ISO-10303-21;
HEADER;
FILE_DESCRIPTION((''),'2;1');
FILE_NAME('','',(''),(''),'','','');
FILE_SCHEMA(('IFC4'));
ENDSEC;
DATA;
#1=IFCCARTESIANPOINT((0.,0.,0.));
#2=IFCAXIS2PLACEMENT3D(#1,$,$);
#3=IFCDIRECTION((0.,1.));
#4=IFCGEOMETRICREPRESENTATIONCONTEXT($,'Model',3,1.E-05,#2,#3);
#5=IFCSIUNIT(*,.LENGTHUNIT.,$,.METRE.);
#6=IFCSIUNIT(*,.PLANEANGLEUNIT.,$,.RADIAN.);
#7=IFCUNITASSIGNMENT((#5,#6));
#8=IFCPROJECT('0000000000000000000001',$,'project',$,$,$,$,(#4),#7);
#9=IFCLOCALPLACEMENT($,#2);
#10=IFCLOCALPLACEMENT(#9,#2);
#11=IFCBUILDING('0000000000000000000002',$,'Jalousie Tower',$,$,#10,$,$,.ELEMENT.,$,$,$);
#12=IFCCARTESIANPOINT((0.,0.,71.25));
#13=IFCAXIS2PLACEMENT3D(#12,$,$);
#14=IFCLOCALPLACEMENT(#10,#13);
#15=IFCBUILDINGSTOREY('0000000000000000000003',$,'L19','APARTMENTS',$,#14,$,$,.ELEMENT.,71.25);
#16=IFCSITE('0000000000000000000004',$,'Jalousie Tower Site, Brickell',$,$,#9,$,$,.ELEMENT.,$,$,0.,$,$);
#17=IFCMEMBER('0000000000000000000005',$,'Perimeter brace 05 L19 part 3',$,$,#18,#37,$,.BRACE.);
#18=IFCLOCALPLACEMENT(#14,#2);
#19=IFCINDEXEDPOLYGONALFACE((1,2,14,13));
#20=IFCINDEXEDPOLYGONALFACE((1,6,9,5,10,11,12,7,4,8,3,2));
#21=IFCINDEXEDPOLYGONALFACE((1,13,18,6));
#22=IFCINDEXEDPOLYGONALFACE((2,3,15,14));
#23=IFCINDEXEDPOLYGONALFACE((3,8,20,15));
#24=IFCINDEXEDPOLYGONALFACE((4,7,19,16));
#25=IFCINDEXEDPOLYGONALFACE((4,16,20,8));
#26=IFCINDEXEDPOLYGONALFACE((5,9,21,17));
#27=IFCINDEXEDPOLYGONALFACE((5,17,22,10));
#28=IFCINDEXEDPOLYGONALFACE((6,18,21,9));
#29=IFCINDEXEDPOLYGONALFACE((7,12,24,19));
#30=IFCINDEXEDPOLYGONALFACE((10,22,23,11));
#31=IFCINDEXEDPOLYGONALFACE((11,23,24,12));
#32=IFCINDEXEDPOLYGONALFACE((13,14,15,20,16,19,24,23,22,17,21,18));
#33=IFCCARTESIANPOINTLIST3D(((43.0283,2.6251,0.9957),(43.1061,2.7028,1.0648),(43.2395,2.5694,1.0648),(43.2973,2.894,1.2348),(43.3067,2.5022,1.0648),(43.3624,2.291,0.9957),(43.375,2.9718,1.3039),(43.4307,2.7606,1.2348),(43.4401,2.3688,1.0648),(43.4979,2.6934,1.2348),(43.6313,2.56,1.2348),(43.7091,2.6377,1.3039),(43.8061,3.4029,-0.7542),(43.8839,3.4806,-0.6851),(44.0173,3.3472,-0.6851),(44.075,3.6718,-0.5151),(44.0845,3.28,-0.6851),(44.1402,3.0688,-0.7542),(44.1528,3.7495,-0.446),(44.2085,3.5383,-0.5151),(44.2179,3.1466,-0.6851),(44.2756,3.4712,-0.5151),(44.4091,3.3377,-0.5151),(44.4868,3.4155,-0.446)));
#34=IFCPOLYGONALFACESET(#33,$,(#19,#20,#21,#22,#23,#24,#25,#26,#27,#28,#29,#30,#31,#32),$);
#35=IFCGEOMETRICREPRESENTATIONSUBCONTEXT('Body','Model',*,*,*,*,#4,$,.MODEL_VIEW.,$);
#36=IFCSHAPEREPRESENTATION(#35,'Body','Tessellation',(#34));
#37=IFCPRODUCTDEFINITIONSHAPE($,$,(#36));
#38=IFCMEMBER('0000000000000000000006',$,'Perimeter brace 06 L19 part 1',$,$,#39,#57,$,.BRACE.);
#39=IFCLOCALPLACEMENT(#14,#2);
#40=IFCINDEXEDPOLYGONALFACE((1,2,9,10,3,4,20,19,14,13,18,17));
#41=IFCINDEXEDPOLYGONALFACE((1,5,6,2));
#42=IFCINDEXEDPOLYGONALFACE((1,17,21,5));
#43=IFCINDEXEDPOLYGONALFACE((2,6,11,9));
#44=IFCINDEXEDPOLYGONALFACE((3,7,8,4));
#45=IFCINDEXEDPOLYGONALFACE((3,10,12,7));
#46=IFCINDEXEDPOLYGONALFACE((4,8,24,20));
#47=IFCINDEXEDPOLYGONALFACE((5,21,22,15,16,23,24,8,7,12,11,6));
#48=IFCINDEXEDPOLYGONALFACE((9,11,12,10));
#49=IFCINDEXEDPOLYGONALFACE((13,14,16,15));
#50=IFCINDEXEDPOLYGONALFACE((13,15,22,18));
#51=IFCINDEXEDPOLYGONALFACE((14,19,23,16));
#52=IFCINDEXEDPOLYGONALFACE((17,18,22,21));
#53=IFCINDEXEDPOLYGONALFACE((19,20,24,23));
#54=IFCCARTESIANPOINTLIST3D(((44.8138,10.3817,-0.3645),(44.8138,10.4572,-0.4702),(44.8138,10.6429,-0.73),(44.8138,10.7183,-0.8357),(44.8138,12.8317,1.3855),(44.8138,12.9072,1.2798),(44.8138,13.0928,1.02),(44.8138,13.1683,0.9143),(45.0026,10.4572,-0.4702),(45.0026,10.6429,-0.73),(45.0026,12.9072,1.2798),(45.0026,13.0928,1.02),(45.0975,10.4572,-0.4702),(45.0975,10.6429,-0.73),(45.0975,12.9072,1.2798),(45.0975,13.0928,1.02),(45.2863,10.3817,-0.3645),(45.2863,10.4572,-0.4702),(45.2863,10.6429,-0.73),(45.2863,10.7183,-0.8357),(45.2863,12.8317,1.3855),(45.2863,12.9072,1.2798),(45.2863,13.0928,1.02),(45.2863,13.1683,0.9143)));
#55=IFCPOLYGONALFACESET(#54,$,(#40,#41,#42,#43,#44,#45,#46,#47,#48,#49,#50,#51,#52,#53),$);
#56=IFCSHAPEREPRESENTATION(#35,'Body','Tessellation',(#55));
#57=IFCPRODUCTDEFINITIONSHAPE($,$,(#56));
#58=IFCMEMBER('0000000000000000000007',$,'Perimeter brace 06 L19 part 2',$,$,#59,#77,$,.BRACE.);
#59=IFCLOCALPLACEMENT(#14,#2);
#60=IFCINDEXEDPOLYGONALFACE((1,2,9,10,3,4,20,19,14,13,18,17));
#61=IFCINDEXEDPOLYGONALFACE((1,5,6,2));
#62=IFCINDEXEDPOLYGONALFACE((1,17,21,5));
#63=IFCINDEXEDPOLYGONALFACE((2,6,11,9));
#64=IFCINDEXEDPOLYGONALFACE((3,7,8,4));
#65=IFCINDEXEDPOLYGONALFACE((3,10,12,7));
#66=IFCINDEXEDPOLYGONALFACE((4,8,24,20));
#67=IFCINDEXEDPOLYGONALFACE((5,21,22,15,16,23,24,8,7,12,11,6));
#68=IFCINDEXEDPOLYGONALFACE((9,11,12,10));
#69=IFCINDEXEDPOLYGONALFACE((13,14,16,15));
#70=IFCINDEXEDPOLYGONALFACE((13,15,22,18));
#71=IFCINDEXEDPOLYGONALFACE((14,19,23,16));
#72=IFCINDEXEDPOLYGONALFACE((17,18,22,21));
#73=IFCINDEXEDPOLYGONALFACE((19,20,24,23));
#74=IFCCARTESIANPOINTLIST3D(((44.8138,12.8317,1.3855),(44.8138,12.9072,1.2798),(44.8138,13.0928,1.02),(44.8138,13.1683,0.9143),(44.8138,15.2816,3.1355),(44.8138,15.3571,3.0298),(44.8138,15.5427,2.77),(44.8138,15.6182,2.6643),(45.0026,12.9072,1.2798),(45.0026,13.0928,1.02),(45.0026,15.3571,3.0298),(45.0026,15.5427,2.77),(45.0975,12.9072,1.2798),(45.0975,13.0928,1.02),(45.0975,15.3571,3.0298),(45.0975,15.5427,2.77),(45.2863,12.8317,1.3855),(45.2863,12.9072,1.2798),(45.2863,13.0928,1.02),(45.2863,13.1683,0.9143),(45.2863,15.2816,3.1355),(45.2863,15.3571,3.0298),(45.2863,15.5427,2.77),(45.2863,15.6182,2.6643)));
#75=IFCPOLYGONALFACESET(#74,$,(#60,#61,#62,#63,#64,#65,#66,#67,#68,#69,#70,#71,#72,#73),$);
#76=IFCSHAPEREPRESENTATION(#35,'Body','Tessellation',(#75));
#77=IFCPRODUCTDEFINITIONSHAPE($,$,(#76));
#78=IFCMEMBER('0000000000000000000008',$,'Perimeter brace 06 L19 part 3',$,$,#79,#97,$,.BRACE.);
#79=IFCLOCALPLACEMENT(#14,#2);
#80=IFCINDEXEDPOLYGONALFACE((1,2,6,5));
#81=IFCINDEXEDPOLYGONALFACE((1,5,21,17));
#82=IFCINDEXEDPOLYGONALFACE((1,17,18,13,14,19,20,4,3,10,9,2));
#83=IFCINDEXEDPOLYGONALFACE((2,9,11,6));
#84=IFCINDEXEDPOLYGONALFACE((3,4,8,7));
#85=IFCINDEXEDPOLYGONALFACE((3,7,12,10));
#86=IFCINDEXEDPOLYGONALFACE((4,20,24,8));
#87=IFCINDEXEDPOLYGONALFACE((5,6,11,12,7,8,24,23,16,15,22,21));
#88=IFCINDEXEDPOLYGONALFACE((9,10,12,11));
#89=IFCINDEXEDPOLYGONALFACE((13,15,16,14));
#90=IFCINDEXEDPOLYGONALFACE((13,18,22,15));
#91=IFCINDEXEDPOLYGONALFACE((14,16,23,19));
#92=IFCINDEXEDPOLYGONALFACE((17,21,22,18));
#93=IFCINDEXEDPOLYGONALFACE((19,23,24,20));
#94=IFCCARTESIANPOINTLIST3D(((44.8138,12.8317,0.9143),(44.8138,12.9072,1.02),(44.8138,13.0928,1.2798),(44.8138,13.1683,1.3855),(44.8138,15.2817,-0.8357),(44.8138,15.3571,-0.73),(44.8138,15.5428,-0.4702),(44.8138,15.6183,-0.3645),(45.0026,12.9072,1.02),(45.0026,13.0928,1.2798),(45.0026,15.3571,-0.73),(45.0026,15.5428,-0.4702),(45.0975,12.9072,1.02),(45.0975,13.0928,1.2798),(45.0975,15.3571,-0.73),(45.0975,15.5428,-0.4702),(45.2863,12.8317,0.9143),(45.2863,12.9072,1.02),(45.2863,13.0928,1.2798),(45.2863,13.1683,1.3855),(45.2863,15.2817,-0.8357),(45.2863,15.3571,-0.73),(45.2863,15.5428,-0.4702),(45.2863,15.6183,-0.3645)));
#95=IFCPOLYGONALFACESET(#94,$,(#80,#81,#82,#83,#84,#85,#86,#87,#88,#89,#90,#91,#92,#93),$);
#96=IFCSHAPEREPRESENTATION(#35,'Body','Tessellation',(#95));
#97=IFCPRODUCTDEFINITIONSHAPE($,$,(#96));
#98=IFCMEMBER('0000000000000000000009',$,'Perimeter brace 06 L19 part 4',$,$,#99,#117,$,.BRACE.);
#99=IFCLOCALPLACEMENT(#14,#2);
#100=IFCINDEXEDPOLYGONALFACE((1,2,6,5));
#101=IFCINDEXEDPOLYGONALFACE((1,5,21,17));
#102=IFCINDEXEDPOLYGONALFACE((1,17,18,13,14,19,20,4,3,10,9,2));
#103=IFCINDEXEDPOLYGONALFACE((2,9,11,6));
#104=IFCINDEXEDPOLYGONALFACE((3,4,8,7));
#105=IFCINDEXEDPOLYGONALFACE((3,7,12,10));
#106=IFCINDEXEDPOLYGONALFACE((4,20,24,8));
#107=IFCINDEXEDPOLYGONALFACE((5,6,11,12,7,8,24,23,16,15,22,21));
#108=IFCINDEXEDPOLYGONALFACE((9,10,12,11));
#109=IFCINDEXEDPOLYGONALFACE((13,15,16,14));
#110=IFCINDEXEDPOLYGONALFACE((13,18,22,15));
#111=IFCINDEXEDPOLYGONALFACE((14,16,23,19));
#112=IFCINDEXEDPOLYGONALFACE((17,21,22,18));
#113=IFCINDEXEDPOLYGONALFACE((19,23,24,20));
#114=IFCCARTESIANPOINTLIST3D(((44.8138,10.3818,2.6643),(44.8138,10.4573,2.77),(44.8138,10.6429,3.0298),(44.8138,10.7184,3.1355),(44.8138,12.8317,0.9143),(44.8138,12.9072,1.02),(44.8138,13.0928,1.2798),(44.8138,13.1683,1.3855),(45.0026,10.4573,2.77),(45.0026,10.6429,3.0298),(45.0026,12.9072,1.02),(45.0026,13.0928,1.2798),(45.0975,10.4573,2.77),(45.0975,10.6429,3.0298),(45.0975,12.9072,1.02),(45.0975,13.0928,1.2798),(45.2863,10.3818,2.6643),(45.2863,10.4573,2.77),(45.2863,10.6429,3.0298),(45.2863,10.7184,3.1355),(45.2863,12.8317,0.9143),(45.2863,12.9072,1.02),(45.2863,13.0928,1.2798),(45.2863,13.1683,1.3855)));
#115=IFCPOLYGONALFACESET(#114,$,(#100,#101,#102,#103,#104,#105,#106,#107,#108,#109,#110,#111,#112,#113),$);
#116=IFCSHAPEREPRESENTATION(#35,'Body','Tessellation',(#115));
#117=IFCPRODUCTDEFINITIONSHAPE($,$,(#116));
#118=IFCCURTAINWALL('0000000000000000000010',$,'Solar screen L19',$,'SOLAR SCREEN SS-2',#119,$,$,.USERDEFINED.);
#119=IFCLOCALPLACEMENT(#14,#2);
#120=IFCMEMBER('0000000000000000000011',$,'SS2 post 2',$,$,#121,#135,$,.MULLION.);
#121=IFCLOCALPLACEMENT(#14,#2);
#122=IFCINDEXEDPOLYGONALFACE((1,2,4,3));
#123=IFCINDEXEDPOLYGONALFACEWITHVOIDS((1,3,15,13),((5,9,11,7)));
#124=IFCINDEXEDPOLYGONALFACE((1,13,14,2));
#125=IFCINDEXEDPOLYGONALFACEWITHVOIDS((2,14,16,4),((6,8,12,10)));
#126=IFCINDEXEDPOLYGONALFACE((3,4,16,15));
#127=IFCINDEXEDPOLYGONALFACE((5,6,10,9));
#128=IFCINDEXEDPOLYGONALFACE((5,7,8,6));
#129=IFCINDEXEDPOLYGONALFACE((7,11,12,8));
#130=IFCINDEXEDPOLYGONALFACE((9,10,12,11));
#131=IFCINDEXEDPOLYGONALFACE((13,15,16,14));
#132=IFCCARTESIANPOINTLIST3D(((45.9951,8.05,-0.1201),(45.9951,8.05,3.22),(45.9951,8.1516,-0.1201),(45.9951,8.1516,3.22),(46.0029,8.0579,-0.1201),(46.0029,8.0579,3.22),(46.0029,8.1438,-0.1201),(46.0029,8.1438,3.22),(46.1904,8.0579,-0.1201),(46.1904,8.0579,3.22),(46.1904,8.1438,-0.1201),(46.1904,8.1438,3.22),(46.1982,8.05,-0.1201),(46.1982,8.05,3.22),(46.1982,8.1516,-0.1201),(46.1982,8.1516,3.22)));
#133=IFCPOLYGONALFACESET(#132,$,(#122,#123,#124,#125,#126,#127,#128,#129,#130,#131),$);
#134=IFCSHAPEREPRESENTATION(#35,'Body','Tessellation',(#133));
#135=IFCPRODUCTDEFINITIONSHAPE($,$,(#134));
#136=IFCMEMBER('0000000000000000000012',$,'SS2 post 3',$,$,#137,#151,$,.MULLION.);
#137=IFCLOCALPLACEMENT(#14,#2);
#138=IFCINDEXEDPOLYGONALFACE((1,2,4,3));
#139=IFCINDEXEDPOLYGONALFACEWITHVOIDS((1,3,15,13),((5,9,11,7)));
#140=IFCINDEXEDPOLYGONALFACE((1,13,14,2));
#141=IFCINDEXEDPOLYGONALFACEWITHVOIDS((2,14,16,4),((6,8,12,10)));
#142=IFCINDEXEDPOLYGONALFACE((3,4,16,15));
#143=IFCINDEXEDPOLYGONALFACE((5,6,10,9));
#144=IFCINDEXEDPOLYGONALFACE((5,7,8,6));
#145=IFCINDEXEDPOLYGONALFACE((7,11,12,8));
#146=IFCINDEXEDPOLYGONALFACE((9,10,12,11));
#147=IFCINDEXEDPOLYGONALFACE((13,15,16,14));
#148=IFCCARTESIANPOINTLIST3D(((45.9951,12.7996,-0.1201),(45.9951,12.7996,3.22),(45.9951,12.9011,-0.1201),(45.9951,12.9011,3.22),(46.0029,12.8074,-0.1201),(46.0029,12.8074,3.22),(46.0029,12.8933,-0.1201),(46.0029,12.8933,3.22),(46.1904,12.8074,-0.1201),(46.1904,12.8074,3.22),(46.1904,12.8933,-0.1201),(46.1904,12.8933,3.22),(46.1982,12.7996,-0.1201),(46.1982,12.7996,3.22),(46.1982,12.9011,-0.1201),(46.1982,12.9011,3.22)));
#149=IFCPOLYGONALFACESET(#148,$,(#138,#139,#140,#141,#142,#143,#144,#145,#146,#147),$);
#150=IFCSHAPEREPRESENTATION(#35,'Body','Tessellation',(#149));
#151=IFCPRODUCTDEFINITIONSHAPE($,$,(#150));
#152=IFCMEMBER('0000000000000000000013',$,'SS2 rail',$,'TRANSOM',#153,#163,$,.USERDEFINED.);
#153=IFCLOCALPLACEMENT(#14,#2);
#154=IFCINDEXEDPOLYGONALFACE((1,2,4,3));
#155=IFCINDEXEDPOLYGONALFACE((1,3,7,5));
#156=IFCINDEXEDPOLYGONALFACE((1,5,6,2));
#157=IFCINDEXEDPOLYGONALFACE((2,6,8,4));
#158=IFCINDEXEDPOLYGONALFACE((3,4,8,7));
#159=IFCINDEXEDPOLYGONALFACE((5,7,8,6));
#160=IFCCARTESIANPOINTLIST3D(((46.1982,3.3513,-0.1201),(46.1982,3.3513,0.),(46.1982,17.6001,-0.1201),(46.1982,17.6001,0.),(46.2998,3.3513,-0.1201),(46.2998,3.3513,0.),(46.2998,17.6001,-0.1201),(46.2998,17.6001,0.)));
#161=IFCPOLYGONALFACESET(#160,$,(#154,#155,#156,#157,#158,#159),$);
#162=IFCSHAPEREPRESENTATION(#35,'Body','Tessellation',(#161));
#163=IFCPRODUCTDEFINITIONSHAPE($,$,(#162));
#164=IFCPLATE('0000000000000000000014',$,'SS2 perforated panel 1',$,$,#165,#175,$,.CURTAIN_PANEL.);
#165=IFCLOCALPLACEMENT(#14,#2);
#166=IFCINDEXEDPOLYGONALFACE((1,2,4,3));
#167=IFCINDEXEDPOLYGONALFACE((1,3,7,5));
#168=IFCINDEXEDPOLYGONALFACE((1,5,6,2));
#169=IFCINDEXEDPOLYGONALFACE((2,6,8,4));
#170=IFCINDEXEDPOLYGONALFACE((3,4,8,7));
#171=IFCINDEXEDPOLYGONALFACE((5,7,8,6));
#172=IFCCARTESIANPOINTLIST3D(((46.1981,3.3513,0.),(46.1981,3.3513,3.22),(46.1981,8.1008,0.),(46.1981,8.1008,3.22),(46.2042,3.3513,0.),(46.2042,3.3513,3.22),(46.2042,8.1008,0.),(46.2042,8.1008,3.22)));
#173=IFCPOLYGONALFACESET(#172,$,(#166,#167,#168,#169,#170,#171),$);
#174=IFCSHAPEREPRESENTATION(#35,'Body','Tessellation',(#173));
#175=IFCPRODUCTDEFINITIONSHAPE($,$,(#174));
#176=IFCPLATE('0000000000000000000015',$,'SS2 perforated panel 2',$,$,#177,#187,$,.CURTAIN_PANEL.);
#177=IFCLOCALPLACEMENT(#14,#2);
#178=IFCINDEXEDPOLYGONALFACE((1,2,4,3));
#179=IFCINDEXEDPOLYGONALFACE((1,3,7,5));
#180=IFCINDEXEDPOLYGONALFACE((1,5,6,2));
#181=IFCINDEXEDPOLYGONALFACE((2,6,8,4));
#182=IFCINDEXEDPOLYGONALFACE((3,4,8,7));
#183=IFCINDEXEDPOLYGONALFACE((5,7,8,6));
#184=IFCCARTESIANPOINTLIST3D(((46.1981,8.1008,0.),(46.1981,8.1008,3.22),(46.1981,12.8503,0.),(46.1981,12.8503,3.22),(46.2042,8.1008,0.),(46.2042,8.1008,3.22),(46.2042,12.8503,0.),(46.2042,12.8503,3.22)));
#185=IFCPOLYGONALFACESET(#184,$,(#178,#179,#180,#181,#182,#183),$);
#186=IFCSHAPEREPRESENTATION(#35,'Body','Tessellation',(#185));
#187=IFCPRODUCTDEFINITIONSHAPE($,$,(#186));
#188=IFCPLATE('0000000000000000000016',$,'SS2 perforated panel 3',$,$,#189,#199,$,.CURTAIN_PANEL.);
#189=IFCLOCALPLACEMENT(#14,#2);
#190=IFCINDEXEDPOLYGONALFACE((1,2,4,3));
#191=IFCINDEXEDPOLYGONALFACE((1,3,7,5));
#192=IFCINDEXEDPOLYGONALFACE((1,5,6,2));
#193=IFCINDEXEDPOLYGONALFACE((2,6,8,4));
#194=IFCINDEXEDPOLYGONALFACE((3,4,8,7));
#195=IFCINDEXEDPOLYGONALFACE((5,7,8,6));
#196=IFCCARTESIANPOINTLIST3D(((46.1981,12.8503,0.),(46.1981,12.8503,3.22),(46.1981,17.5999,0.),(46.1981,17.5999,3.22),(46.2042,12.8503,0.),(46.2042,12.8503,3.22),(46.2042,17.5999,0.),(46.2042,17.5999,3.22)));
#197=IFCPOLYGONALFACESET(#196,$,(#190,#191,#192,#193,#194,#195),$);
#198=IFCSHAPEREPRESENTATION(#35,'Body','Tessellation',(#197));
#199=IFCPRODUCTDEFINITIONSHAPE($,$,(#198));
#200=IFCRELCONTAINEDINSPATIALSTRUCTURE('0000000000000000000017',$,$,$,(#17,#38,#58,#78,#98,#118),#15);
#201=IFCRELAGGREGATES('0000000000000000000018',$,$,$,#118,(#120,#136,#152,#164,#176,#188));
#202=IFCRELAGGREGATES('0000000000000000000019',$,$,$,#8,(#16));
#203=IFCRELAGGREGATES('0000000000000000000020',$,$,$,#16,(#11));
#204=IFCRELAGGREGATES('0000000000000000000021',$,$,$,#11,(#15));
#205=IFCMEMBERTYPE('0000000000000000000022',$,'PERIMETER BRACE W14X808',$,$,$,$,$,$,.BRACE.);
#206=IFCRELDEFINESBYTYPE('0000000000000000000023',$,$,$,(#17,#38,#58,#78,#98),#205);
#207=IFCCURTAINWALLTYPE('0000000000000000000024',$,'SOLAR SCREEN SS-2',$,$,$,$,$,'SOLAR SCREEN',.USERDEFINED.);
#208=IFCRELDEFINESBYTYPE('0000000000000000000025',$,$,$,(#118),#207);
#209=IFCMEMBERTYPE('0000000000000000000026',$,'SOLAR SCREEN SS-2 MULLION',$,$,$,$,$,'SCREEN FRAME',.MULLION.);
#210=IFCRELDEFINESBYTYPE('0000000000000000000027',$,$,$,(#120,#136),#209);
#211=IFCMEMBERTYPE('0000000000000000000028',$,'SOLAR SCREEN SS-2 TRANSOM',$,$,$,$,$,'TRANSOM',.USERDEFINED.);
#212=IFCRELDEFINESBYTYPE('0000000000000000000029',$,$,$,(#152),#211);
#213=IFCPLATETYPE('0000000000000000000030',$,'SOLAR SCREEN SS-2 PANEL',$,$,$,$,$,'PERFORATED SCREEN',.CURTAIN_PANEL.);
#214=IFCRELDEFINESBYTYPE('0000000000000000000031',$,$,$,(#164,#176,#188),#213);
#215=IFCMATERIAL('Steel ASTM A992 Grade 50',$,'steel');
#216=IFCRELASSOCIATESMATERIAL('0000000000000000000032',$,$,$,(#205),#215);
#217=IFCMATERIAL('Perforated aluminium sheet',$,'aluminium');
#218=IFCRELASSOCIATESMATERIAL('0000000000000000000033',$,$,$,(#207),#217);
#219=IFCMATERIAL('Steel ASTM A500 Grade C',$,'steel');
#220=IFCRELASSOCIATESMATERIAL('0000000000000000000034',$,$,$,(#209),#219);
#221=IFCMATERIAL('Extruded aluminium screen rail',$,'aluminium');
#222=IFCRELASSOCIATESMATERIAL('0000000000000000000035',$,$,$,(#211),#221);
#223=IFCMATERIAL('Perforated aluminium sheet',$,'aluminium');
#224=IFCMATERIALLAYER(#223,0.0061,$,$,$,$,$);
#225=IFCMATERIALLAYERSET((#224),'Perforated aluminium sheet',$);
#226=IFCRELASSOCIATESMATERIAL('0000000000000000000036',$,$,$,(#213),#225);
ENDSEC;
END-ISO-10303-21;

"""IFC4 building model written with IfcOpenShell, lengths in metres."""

from ifc_helpers import new_model, si_unit, direction, frame, origin, origin_2d, place, context, subcontext, project, spatial, rectangle, hollow_rectangle, i_section, extrude, material, layer, layer_set, material_profile, profile_set, type_object, element, aggregate, save


model = new_model("IFC4")

# Units and contexts
model_context = context("Model", 3, precision=1e-05, world=origin(), true_north=direction((0.0, 1.0)))
body_context = subcontext(model_context, "Body", "Model", "MODEL_VIEW")
ifc_project = project(units=[si_unit("LENGTHUNIT", "METRE"), si_unit("PLANEANGLEUNIT", "RADIAN")], contexts=[model_context])

# Site, building, storey
site_placement = place(None, origin())
site = spatial("IfcSite", under=ifc_project, at=site_placement, Name="Jalousie Tower Site, Brickell", CompositionType="ELEMENT", RefElevation=0.0)
building_placement = place(site_placement, origin())
building = spatial("IfcBuilding", under=site, at=building_placement, Name="Jalousie Tower", CompositionType="ELEMENT")
storey_placement = place(building_placement, frame((0.0, 0.0, 71.25)))
storey = spatial("IfcBuildingStorey", under=building, at=storey_placement, Name="L19", Description="APARTMENTS", CompositionType="ELEMENT", Elevation=71.25)

# Members
ifc_material_1 = material(Name="Steel ASTM A992 Grade 50", Category="steel")
ifc_material_profile_1 = material_profile(ifc_material_1, i_section(OverallWidth=0.4724, OverallDepth=0.5791, WebThickness=0.095, FlangeThickness=0.1299, at=origin_2d()), Name="W14X808")
ifc_profile_set_1 = profile_set([ifc_material_profile_1], Name="Steel ASTM A992 Grade 50")
member_type_1 = type_object("IfcMemberType", Name="PERIMETER BRACE W14X808", PredefinedType="BRACE", material=ifc_profile_set_1)
member_1_placement = place(storey_placement, frame((44.1465, 3.4092, -0.6001), z_axis=(-0.376307, -0.376307, 0.846632), x_axis=(0.707107, -0.707107, 0.0)))
element("IfcMember", 1, at=member_1_placement, inside=storey, type_object=member_type_1, Name="Perimeter brace 05 L19 part 3", PredefinedType="BRACE", context=body_context, shape_type="SweptSolid", body=[
    extrude(i_section(OverallWidth=0.4724, OverallDepth=0.5791, WebThickness=0.095, FlangeThickness=0.1299, at=origin_2d()), origin(), (0.0, 0.0, 1.0), 2.0669),
])
for number, where, z_axis, x_axis, name in (
    (2, (45.05, 10.55, -0.6001), (0.0, 0.813728, 0.581246), (-1.0, 0.0, 0.0), "Perimeter brace 06 L19 part 1"),
    (3, (45.05, 13.0, 1.1499), (0.0, 0.813728, 0.581246), (-1.0, 0.0, 0.0), "Perimeter brace 06 L19 part 2"),
    (4, (45.05, 15.45, -0.6001), (0.0, -0.813728, 0.581246), (1.0, 0.0, 0.0), "Perimeter brace 06 L19 part 3"),
    (5, (45.05, 13.0, 1.1499), (0.0, -0.813728, 0.581246), (1.0, 0.0, 0.0), "Perimeter brace 06 L19 part 4"),
):
    element("IfcMember", number, at=place(storey_placement, frame(where, z_axis=z_axis, x_axis=x_axis)), inside=storey, type_object=member_type_1, Name=name, PredefinedType="BRACE", context=body_context, shape_type="SweptSolid", body=[
        extrude(i_section(OverallWidth=0.4724, OverallDepth=0.5791, WebThickness=0.095, FlangeThickness=0.1299, at=origin_2d()), origin(), (0.0, 0.0, 1.0), 3.0107),
    ])

# Curtain wall, members, plates
ifc_material_2 = material(Name="Perforated aluminium sheet", Category="aluminium")
curtain_wall_type = type_object("IfcCurtainWallType", Name="SOLAR SCREEN SS-2", ElementType="SOLAR SCREEN", PredefinedType="USERDEFINED", material=ifc_material_2)
curtain_wall_placement = place(storey_placement, origin())
curtain_wall = element("IfcCurtainWall", 6, at=curtain_wall_placement, inside=storey, type_object=curtain_wall_type, Name="Solar screen L19", ObjectType="SOLAR SCREEN SS-2", PredefinedType="USERDEFINED")
ifc_material_3 = material(Name="Steel ASTM A500 Grade C", Category="steel")
ifc_material_profile_2 = material_profile(ifc_material_3, hollow_rectangle(XDim=0.1016, YDim=0.2031, WallThickness=0.0078, at=origin_2d()), Name="HSS8X4X5/16")
ifc_profile_set_2 = profile_set([ifc_material_profile_2], Name="Steel ASTM A500 Grade C")
member_type_2 = type_object("IfcMemberType", Name="SOLAR SCREEN SS-2 MULLION", ElementType="SCREEN FRAME", PredefinedType="MULLION", material=ifc_profile_set_2)
member_2_placement = place(storey_placement, frame((46.0967, 8.1008, -0.1201), z_axis=(0.0, 0.0, 1.0), x_axis=(0.0, 1.0, 0.0)))
member_2 = element("IfcMember", 7, at=member_2_placement, type_object=member_type_2, Name="SS2 post 2", PredefinedType="MULLION", context=body_context, shape_type="SweptSolid", body=[
    extrude(hollow_rectangle(XDim=0.1016, YDim=0.2031, WallThickness=0.0078, at=origin_2d()), origin(), (0.0, 0.0, 1.0), 3.3401),
])
member_3_placement = place(storey_placement, frame((46.0967, 12.8503, -0.1201), z_axis=(0.0, 0.0, 1.0), x_axis=(0.0, 1.0, 0.0)))
member_3 = element("IfcMember", 8, at=member_3_placement, type_object=member_type_2, Name="SS2 post 3", PredefinedType="MULLION", context=body_context, shape_type="SweptSolid", body=[
    extrude(hollow_rectangle(XDim=0.1016, YDim=0.2031, WallThickness=0.0078, at=origin_2d()), origin(), (0.0, 0.0, 1.0), 3.3401),
])
ifc_material_4 = material(Name="Extruded aluminium screen rail", Category="aluminium")
ifc_material_profile_3 = material_profile(ifc_material_4, rectangle(XDim=0.1016, YDim=0.1201, at=origin_2d()), Name="RAIL 102x120")
ifc_profile_set_3 = profile_set([ifc_material_profile_3], Name="Extruded aluminium screen rail")
member_type_3 = type_object("IfcMemberType", Name="SOLAR SCREEN SS-2 TRANSOM", ElementType="TRANSOM", PredefinedType="USERDEFINED", material=ifc_profile_set_3)
member_4_placement = place(storey_placement, frame((46.249, 3.3513, -0.0601), z_axis=(0.0, 1.0, 0.0), x_axis=(-1.0, 0.0, 0.0)))
member_4 = element("IfcMember", 9, at=member_4_placement, type_object=member_type_3, Name="SS2 rail", ObjectType="TRANSOM", PredefinedType="USERDEFINED", context=body_context, shape_type="SweptSolid", body=[
    extrude(rectangle(XDim=0.1016, YDim=0.1201, at=origin_2d()), origin(), (0.0, 0.0, 1.0), 14.2488),
])
ifc_material_5 = material(Name="Perforated aluminium sheet", Category="aluminium")
ifc_layer_1 = layer(ifc_material_5, 0.0061)
ifc_layer_set_1 = layer_set([ifc_layer_1], Name="Perforated aluminium sheet")
plate_type = type_object("IfcPlateType", Name="SOLAR SCREEN SS-2 PANEL", ElementType="PERFORATED SCREEN", PredefinedType="CURTAIN_PANEL", material=ifc_layer_set_1)
plate_1_placement = place(storey_placement, frame((46.2012, 5.7261, 0.0), z_axis=(0.0, 0.0, 1.0), x_axis=(0.0, 1.0, 0.0)))
plate_1 = element("IfcPlate", 10, at=plate_1_placement, type_object=plate_type, Name="SS2 perforated panel 1", PredefinedType="CURTAIN_PANEL", context=body_context, shape_type="SweptSolid", body=[
    extrude(rectangle(XDim=4.7495, YDim=0.0061, at=origin_2d()), origin(), (0.0, 0.0, 1.0), 3.22),
])
plate_2_placement = place(storey_placement, frame((46.2012, 10.4756, 0.0), z_axis=(0.0, 0.0, 1.0), x_axis=(0.0, 1.0, 0.0)))
plate_2 = element("IfcPlate", 11, at=plate_2_placement, type_object=plate_type, Name="SS2 perforated panel 2", PredefinedType="CURTAIN_PANEL", context=body_context, shape_type="SweptSolid", body=[
    extrude(rectangle(XDim=4.7495, YDim=0.0061, at=origin_2d()), origin(), (0.0, 0.0, 1.0), 3.22),
])
plate_3_placement = place(storey_placement, frame((46.2012, 15.2251, 0.0), z_axis=(0.0, 0.0, 1.0), x_axis=(0.0, 1.0, 0.0)))
plate_3 = element("IfcPlate", 12, at=plate_3_placement, type_object=plate_type, Name="SS2 perforated panel 3", PredefinedType="CURTAIN_PANEL", context=body_context, shape_type="SweptSolid", body=[
    extrude(rectangle(XDim=4.7495, YDim=0.0061, at=origin_2d()), origin(), (0.0, 0.0, 1.0), 3.22),
])
aggregate(curtain_wall, [member_2, member_3, member_4, plate_1, plate_2, plate_3])

save(model, "model.ifc")
